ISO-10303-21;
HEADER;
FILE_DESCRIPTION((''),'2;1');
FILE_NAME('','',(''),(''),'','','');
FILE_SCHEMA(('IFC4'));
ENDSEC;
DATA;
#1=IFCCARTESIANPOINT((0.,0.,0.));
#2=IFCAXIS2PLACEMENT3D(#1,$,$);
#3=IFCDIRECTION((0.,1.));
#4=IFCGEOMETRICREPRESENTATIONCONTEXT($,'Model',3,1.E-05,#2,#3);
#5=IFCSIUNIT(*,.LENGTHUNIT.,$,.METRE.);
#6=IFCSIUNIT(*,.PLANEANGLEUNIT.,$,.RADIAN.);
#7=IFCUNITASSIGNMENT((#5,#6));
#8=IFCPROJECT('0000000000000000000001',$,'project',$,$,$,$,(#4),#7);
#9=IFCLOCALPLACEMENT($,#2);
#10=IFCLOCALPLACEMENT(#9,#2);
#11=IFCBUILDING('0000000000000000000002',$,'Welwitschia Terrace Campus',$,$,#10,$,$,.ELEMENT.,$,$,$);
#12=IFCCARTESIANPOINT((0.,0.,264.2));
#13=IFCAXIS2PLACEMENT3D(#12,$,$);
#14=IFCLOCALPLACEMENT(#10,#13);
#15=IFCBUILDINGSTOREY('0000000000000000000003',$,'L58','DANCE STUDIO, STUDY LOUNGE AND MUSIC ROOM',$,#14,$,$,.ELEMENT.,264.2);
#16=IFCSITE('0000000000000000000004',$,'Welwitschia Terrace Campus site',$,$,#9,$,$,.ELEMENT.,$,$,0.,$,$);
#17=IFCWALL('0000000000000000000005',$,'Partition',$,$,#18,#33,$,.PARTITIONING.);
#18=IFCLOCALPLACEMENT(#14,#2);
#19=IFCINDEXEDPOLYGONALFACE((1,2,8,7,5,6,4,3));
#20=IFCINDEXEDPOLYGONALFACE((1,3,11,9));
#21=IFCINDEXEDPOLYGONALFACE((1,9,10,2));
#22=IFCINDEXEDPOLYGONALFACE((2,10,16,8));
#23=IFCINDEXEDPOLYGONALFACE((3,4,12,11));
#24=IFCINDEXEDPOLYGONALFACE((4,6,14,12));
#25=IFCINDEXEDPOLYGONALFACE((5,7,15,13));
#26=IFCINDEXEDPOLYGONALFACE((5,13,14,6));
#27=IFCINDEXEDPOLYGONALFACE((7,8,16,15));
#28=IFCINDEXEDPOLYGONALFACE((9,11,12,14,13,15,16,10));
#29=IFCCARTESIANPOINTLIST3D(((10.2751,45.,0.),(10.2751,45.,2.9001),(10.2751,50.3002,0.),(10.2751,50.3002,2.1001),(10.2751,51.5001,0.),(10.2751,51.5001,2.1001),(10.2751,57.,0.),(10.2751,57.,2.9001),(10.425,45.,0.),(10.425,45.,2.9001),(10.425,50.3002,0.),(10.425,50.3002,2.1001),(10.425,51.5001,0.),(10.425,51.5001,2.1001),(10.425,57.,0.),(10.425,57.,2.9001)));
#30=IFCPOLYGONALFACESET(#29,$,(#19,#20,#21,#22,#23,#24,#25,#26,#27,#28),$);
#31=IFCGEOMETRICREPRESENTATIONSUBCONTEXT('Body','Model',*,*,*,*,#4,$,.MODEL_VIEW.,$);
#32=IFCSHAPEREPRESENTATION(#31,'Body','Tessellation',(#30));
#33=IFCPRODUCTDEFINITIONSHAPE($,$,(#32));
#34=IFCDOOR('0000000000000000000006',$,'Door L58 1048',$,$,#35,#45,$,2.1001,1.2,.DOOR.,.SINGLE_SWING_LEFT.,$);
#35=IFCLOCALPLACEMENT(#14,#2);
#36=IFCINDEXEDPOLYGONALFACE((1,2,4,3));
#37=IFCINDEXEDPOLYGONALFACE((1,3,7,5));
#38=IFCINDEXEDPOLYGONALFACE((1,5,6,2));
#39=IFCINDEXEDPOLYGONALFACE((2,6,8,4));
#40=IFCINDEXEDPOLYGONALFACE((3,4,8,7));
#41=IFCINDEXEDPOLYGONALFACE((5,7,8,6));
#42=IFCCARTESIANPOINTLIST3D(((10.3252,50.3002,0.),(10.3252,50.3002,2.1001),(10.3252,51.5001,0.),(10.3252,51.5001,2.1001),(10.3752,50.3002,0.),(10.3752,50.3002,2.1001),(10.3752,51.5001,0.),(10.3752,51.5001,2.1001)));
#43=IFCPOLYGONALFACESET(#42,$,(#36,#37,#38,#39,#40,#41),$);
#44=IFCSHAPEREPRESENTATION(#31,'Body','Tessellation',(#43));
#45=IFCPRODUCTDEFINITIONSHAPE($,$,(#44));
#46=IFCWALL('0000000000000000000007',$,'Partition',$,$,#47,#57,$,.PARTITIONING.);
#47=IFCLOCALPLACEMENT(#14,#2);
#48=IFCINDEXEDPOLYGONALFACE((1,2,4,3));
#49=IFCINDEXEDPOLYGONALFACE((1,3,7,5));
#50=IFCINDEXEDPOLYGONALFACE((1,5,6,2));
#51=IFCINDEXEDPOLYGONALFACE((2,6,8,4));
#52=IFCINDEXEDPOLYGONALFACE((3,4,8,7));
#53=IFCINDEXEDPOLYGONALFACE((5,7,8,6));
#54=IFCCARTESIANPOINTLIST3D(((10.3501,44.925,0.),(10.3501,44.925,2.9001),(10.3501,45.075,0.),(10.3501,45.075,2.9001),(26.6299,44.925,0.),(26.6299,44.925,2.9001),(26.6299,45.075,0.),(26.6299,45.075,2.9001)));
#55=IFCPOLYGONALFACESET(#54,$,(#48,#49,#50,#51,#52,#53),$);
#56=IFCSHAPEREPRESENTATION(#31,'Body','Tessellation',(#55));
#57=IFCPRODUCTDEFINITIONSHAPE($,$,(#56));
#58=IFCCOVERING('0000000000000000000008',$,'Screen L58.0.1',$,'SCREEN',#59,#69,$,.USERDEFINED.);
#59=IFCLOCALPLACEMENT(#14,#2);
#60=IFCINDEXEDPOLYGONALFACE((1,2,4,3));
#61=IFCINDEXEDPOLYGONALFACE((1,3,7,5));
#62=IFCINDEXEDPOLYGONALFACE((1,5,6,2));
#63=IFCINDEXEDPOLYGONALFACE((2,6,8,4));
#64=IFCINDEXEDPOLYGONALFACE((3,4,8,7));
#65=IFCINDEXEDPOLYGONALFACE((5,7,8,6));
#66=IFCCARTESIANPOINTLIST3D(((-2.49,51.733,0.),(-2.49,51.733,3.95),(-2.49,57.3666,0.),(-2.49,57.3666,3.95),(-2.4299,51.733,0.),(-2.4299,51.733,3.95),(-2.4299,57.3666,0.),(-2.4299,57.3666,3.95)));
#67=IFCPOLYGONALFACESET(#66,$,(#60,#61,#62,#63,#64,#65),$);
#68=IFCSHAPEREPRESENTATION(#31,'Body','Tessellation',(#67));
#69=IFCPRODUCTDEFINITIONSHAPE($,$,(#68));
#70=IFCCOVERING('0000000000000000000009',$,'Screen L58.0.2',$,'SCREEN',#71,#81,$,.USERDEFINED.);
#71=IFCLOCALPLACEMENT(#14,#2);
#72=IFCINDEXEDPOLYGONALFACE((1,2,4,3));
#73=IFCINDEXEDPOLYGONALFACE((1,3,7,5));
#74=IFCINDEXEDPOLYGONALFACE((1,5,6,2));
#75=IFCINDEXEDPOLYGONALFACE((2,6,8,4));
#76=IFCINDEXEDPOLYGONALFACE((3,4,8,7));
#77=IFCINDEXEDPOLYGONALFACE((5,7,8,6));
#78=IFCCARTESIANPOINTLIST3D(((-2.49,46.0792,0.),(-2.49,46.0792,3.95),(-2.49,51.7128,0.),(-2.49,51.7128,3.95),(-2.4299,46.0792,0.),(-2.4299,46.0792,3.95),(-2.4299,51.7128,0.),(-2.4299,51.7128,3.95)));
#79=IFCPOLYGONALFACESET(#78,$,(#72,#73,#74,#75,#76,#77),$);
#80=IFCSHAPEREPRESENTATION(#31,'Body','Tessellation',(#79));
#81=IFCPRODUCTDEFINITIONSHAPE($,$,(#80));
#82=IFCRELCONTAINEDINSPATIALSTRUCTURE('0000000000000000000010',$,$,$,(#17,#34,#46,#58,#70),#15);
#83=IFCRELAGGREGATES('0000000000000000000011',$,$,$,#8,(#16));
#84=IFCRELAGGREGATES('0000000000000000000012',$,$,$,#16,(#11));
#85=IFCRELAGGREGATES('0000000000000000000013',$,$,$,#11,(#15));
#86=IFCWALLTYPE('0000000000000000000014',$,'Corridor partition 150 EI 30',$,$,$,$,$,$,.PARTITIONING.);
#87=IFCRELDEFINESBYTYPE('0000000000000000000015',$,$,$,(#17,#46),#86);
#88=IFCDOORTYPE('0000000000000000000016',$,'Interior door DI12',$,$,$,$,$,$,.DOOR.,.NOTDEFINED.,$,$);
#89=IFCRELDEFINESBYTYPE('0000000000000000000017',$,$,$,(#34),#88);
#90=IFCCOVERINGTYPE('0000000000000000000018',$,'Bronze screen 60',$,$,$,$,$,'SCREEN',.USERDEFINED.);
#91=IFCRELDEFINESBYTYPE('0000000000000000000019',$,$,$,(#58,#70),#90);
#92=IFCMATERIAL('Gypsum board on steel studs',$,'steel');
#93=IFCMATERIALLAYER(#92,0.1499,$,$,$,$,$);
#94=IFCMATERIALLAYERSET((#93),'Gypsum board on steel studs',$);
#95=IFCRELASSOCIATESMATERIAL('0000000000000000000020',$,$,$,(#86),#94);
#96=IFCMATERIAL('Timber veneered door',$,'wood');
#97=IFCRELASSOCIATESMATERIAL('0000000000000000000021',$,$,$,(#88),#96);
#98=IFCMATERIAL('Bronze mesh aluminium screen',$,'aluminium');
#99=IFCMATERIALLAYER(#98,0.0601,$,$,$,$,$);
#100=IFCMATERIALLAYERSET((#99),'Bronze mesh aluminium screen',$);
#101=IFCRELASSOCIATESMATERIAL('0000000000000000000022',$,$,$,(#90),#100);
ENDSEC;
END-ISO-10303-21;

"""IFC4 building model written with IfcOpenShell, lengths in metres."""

from ifc_helpers import new_model, si_unit, direction, frame, frame_2d, origin, origin_2d, place, context, subcontext, project, spatial, rectangle, extrude, material, layer, layer_set, type_object, element, fill, save


model = new_model("IFC4")

# Units and contexts
model_context = context("Model", 3, precision=1e-05, world=origin(), true_north=direction((0.0, 1.0)))
body_context = subcontext(model_context, "Body", "Model", "MODEL_VIEW")
ifc_project = project(units=[si_unit("LENGTHUNIT", "METRE"), si_unit("PLANEANGLEUNIT", "RADIAN")], contexts=[model_context])

# Site, building, storey
site_placement = place(None, origin())
site = spatial("IfcSite", under=ifc_project, at=site_placement, Name="Welwitschia Terrace Campus site", CompositionType="ELEMENT", RefElevation=0.0)
building_placement = place(site_placement, origin())
building = spatial("IfcBuilding", under=site, at=building_placement, Name="Welwitschia Terrace Campus", CompositionType="ELEMENT")
storey_placement = place(building_placement, frame((0.0, 0.0, 264.2)))
storey = spatial("IfcBuildingStorey", under=building, at=storey_placement, Name="L58", Description="DANCE STUDIO, STUDY LOUNGE AND MUSIC ROOM", CompositionType="ELEMENT", Elevation=264.2)

# Shared definitions
ifc_material_1 = material(Name="Gypsum board on steel studs", Category="steel")
ifc_layer_1 = layer(ifc_material_1, 0.1499)
ifc_layer_set_1 = layer_set([ifc_layer_1], Name="Gypsum board on steel studs")
wall_type = type_object("IfcWallType", Name="Corridor partition 150 EI 30", PredefinedType="PARTITIONING", material=ifc_layer_set_1)

# Wall, opening, door
wall_1_placement = place(storey_placement, frame((10.3501, 45.0, 0.0), z_axis=(0.0, 0.0, 1.0), x_axis=(0.0, 1.0, 0.0)))
wall_1 = element("IfcWall", 1, at=wall_1_placement, inside=storey, type_object=wall_type, Name="Partition", PredefinedType="PARTITIONING", context=body_context, shape_type="SweptSolid", body=[
    extrude(rectangle(XDim=12.0, YDim=0.1499, at=frame_2d((6.0, 0.0))), origin(), (0.0, 0.0, 1.0), 2.9001),
])
opening_placement = place(wall_1_placement, frame((5.3, 0.0, 0.0)))
opening = element("IfcOpeningElement", 2, at=opening_placement, cuts=wall_1, PredefinedType="OPENING", context=body_context, shape_type="SweptSolid", body=[
    extrude(rectangle(XDim=1.2, YDim=2.1001, at=frame_2d((0.6001, 1.05))), frame((0.0, 0.085, 0.0), z_axis=(0.0, -1.0, 0.0), x_axis=(1.0, 0.0, 0.0)), (0.0, 0.0, 1.0), 0.1699),
])
ifc_material_2 = material(Name="Timber veneered door", Category="wood")
door_type = type_object("IfcDoorType", Name="Interior door DI12", OperationType="NOTDEFINED", PredefinedType="DOOR", material=ifc_material_2)
door_placement = place(opening_placement, origin())
door = element("IfcDoor", 3, at=door_placement, inside=storey, type_object=door_type, Name="Door L58 1048", OperationType="SINGLE_SWING_LEFT", OverallHeight=2.1001, OverallWidth=1.2, PredefinedType="DOOR", context=body_context, shape_type="SweptSolid", body=[
    extrude(rectangle(XDim=1.2, YDim=2.1001, at=frame_2d((0.6001, 1.05))), frame((0.0, 0.0249, 0.0), z_axis=(0.0, -1.0, 0.0), x_axis=(1.0, 0.0, 0.0)), (0.0, 0.0, 1.0), 0.05),
])
fill(opening, door)

# Wall
wall_2_placement = place(storey_placement, frame((10.3501, 45.0, 0.0), z_axis=(0.0, 0.0, 1.0), x_axis=(1.0, 0.0, 0.0)))
element("IfcWall", 4, at=wall_2_placement, inside=storey, type_object=wall_type, Name="Partition", PredefinedType="PARTITIONING", context=body_context, shape_type="SweptSolid", body=[
    extrude(rectangle(XDim=16.2798, YDim=0.1499, at=frame_2d((8.1399, 0.0))), origin(), (0.0, 0.0, 1.0), 2.9001),
])

# Coverings
ifc_material_3 = material(Name="Bronze mesh aluminium screen", Category="aluminium")
ifc_layer_2 = layer(ifc_material_3, 0.0601)
ifc_layer_set_2 = layer_set([ifc_layer_2], Name="Bronze mesh aluminium screen")
covering_type = type_object("IfcCoveringType", Name="Bronze screen 60", ElementType="SCREEN", PredefinedType="USERDEFINED", material=ifc_layer_set_2)
for number, where, z_axis, x_axis, name in (
    (5, (-2.46, 54.5498, 0.0), (0.0, 0.0, 1.0), (0.0, -1.0, 0.0), "Screen L58.0.1"),
    (6, (-2.46, 48.896, 0.0), (0.0, 0.0, 1.0), (0.0, -1.0, 0.0), "Screen L58.0.2"),
):
    element("IfcCovering", number, at=place(storey_placement, frame(where, z_axis=z_axis, x_axis=x_axis)), inside=storey, type_object=covering_type, Name=name, ObjectType="SCREEN", PredefinedType="USERDEFINED", context=body_context, shape_type="SweptSolid", body=[
        extrude(rectangle(XDim=5.6335, YDim=0.0601, at=origin_2d()), origin(), (0.0, 0.0, 1.0), 3.95),
    ])

save(model, "model.ifc")
